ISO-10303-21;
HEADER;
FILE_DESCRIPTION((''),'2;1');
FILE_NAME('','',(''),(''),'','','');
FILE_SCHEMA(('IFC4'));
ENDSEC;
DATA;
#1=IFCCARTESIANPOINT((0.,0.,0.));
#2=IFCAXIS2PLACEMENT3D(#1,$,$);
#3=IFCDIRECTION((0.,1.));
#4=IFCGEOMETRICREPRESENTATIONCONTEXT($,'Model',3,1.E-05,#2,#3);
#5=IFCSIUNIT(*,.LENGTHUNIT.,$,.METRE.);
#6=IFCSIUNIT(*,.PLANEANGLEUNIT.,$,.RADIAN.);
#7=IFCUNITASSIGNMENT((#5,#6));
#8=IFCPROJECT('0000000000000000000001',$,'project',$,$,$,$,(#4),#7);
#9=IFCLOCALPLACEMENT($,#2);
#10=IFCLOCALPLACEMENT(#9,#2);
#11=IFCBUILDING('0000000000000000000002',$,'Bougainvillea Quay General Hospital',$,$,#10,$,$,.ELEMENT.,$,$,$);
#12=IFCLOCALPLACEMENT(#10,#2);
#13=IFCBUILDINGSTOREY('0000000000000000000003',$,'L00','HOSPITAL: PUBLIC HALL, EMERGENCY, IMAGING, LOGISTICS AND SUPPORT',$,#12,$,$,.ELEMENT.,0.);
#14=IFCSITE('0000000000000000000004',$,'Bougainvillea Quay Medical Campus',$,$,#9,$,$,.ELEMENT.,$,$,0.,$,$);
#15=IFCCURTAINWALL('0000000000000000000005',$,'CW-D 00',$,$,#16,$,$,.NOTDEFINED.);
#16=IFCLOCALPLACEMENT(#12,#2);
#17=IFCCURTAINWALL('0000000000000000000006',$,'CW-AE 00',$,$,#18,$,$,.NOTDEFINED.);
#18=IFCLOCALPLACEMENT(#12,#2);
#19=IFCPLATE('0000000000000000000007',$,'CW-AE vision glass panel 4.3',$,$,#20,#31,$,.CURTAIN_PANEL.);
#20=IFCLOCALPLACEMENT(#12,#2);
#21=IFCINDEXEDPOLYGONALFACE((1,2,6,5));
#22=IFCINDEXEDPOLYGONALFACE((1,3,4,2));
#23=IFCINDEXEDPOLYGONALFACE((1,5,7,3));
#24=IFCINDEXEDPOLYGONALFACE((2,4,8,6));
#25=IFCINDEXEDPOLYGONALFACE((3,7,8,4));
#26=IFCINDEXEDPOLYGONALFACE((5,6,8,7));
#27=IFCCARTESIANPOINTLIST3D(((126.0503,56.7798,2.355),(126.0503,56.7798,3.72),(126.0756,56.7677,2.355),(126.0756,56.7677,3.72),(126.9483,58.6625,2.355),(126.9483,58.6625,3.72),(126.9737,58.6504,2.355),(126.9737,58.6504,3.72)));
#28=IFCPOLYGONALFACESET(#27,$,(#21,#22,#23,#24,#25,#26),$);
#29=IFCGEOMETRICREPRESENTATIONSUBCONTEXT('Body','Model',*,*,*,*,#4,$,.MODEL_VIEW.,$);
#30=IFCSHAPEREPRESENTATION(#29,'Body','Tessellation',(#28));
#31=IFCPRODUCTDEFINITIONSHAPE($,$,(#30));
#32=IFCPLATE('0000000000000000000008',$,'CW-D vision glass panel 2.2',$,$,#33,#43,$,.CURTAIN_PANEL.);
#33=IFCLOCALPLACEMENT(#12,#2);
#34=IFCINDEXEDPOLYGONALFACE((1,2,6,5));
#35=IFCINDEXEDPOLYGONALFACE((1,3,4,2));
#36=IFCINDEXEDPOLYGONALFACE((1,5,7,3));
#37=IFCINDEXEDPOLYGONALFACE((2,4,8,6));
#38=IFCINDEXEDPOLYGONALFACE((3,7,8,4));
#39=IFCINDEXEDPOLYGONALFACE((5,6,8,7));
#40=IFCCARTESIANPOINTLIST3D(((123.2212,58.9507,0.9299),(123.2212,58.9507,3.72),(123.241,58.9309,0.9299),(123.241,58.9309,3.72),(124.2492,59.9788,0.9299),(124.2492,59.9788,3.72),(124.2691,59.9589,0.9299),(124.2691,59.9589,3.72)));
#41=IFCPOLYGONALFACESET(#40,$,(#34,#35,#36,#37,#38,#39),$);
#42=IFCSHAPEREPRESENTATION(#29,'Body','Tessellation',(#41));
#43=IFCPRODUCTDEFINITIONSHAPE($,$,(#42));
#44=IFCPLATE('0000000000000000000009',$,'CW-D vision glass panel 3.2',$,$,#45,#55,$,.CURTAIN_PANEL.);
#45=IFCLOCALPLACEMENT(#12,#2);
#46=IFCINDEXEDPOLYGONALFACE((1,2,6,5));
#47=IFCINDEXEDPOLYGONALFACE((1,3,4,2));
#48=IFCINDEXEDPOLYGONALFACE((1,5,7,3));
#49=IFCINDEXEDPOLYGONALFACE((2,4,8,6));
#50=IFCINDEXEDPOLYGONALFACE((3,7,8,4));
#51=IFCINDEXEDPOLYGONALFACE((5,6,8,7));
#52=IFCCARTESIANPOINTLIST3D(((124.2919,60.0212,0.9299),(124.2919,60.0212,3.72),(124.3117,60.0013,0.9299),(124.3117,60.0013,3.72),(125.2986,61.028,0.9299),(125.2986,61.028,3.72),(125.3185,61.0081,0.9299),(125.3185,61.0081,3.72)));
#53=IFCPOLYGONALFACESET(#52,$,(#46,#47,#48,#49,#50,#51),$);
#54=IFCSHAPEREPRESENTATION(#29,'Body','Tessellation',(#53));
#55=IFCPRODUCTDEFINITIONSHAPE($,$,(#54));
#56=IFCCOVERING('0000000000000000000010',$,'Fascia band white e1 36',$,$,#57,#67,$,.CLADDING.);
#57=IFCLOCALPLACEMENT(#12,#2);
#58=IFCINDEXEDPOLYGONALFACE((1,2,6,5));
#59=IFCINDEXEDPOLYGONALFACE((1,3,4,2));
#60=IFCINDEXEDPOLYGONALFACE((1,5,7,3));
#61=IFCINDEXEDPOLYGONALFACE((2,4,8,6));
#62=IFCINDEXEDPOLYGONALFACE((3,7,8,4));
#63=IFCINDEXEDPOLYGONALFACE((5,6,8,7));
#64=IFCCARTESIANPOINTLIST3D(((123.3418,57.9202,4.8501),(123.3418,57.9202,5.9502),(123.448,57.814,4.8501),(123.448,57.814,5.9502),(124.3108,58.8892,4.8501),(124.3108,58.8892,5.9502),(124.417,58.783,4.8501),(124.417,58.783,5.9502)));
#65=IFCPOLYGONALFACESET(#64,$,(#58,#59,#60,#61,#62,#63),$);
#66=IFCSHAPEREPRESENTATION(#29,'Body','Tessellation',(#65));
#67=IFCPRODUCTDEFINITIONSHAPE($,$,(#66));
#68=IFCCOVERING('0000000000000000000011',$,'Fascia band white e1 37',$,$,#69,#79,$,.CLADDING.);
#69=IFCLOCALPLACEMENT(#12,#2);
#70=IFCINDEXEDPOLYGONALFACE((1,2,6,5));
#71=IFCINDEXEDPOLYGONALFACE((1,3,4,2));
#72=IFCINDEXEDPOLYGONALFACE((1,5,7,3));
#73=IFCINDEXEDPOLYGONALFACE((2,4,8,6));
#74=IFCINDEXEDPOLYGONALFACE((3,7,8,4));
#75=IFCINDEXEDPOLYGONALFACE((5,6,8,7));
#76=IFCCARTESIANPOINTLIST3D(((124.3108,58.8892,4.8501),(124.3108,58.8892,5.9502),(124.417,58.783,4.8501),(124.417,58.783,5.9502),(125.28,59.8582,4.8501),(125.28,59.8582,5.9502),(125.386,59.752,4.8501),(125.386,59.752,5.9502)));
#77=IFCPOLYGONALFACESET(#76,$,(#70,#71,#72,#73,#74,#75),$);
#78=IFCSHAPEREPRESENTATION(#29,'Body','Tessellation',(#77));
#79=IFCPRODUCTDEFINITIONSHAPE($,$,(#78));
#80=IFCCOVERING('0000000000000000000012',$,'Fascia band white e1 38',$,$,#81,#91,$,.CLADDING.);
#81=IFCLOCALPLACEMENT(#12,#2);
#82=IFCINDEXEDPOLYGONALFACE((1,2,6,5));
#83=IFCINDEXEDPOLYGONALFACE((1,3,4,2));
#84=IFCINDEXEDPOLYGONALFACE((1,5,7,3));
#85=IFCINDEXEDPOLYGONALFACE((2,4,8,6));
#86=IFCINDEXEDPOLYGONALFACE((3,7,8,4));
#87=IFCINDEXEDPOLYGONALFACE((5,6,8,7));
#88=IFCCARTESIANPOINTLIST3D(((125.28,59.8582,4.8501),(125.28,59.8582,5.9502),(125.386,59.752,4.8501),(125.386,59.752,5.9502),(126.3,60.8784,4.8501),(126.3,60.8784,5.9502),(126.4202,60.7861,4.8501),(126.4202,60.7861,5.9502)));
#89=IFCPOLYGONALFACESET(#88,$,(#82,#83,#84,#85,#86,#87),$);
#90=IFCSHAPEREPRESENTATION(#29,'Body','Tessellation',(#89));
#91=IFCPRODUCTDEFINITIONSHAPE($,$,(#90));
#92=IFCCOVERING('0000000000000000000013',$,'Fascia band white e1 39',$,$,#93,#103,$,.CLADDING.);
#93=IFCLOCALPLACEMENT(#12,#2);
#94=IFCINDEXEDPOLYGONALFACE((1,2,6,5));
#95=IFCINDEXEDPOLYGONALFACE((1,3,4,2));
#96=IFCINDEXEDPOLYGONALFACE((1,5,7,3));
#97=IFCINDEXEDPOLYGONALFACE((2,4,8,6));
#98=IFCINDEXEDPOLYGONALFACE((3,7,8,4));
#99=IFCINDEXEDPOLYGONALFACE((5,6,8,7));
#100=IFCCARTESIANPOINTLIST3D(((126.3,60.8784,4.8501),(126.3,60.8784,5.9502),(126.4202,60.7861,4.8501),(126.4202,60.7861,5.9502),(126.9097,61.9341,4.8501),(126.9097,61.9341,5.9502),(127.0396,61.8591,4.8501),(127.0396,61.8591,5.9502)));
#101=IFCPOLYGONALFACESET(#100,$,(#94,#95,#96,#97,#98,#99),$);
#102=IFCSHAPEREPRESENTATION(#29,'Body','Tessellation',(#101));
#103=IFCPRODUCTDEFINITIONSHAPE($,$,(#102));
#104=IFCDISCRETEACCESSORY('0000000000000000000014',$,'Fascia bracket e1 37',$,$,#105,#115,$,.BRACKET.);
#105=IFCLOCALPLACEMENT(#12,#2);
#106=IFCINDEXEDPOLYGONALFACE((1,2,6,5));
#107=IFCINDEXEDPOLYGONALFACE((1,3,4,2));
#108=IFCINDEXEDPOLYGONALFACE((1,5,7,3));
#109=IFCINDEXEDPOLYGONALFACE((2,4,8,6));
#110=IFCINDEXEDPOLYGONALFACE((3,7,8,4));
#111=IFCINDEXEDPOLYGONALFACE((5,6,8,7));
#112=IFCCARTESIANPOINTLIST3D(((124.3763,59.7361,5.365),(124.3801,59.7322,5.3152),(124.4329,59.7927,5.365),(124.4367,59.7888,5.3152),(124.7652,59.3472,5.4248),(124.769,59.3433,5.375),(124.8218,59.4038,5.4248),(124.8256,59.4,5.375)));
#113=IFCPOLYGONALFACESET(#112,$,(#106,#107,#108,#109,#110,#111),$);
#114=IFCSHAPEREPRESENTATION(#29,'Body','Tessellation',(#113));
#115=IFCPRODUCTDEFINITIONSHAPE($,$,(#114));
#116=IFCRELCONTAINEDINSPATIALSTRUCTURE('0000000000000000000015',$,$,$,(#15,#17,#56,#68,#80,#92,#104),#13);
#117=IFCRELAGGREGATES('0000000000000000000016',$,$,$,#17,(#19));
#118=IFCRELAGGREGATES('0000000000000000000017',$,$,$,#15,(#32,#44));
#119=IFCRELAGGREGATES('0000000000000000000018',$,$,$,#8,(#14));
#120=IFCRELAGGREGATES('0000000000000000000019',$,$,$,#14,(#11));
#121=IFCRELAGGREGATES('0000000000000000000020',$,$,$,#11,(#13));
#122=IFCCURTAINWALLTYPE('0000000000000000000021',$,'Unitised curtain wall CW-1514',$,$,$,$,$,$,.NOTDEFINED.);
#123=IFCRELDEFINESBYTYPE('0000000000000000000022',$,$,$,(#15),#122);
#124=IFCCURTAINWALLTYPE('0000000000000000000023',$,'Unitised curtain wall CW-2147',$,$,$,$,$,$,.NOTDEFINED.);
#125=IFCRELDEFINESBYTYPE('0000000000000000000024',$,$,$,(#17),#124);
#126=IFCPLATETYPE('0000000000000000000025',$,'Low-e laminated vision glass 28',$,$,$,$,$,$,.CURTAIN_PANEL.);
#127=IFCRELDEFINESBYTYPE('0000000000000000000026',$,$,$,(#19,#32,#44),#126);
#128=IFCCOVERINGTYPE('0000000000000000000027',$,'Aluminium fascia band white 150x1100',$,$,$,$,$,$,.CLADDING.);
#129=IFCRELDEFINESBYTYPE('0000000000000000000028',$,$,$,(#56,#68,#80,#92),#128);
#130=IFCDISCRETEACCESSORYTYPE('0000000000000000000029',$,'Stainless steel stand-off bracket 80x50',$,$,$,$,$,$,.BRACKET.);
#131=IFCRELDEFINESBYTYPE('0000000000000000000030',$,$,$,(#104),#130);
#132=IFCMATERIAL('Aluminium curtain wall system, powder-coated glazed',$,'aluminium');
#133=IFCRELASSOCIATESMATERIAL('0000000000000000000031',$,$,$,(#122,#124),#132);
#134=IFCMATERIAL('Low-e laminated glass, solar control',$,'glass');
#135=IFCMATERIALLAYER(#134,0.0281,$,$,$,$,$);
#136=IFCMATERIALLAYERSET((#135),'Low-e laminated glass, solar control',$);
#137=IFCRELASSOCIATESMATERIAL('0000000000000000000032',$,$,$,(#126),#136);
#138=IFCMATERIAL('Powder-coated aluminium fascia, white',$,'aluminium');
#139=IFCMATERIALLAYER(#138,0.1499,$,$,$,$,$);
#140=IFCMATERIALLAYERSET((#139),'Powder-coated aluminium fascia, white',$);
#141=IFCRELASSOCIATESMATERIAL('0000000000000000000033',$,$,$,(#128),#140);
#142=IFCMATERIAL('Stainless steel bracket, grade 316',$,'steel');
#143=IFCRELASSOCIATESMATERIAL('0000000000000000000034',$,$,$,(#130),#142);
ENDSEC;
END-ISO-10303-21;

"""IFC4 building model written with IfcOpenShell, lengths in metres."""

from ifc_helpers import new_model, si_unit, direction, frame, origin, origin_2d, place, context, subcontext, project, spatial, polyline, rectangle, outline, extrude, material, layer, layer_set, material_profile, profile_set, type_object, element, aggregate, save


model = new_model("IFC4")

# Units and contexts
model_context = context("Model", 3, precision=1e-05, world=origin(), true_north=direction((0.0, 1.0)))
body_context = subcontext(model_context, "Body", "Model", "MODEL_VIEW")
ifc_project = project(units=[si_unit("LENGTHUNIT", "METRE"), si_unit("PLANEANGLEUNIT", "RADIAN")], contexts=[model_context])

# Site, building, storey
site_placement = place(None, origin())
site = spatial("IfcSite", under=ifc_project, at=site_placement, Name="Bougainvillea Quay Medical Campus", CompositionType="ELEMENT", RefElevation=0.0)
building_placement = place(site_placement, origin())
building = spatial("IfcBuilding", under=site, at=building_placement, Name="Bougainvillea Quay General Hospital", CompositionType="ELEMENT")
storey_placement = place(building_placement, origin())
storey = spatial("IfcBuildingStorey", under=building, at=storey_placement, Name="L00", Description="HOSPITAL: PUBLIC HALL, EMERGENCY, IMAGING, LOGISTICS AND SUPPORT", CompositionType="ELEMENT", Elevation=0.0)

# Curtain wall
ifc_material_1 = material(Name="Aluminium curtain wall system, powder-coated glazed", Category="aluminium")
curtain_wall_type_1 = type_object("IfcCurtainWallType", Name="Unitised curtain wall CW-1514", PredefinedType="NOTDEFINED", material=ifc_material_1)
curtain_wall_1_placement = place(storey_placement, origin())
curtain_wall_1 = element("IfcCurtainWall", 1, at=curtain_wall_1_placement, inside=storey, type_object=curtain_wall_type_1, Name="CW-D 00", PredefinedType="NOTDEFINED")

# Curtain wall
curtain_wall_type_2 = type_object("IfcCurtainWallType", Name="Unitised curtain wall CW-2147", PredefinedType="NOTDEFINED", material=ifc_material_1)
curtain_wall_2_placement = place(storey_placement, origin())
curtain_wall_2 = element("IfcCurtainWall", 2, at=curtain_wall_2_placement, inside=storey, type_object=curtain_wall_type_2, Name="CW-AE 00", PredefinedType="NOTDEFINED")

# Plates
ifc_material_2 = material(Name="Low-e laminated glass, solar control", Category="glass")
ifc_layer_1 = layer(ifc_material_2, 0.0281)
ifc_layer_set_1 = layer_set([ifc_layer_1], Name="Low-e laminated glass, solar control")
plate_type_1 = type_object("IfcPlateType", Name="Low-e laminated vision glass 28", PredefinedType="CURTAIN_PANEL", material=ifc_layer_set_1)
plate_1_placement = place(storey_placement, frame((126.512, 57.7151, 2.355), z_axis=(0.0, 0.0, 1.0), x_axis=(-0.43053, -0.902576, 0.0)))
plate_1 = element("IfcPlate", 3, at=plate_1_placement, type_object=plate_type_1, Name="CW-AE vision glass panel 4.3", PredefinedType="CURTAIN_PANEL", context=body_context, shape_type="SweptSolid", body=[
    extrude(rectangle(XDim=2.0859, YDim=0.0281, at=origin_2d()), origin(), (0.0, 0.0, 1.0), 1.365),
])
aggregate(curtain_wall_2, [plate_1])
plate_2_placement = place(storey_placement, frame((123.7451, 59.4548, 0.9299), z_axis=(0.0, 0.0, 1.0), x_axis=(0.707107, 0.707107, 0.0)))
plate_2 = element("IfcPlate", 4, at=plate_2_placement, type_object=plate_type_1, Name="CW-D vision glass panel 2.2", PredefinedType="CURTAIN_PANEL", context=body_context, shape_type="SweptSolid", body=[
    extrude(rectangle(XDim=1.4539, YDim=0.0281, at=origin_2d()), origin(), (0.0, 0.0, 1.0), 2.79),
])
plate_3_placement = place(storey_placement, frame((124.8052, 60.5146, 0.9299), z_axis=(0.0, 0.0, 1.0), x_axis=(0.707107, 0.707107, 0.0)))
plate_3 = element("IfcPlate", 5, at=plate_3_placement, type_object=plate_type_1, Name="CW-D vision glass panel 3.2", PredefinedType="CURTAIN_PANEL", context=body_context, shape_type="SweptSolid", body=[
    extrude(rectangle(XDim=1.4238, YDim=0.0281, at=origin_2d()), origin(), (0.0, 0.0, 1.0), 2.79),
])
aggregate(curtain_wall_1, [plate_2, plate_3])

# Coverings
ifc_material_3 = material(Name="Powder-coated aluminium fascia, white", Category="aluminium")
ifc_layer_2 = layer(ifc_material_3, 0.1499)
ifc_layer_set_2 = layer_set([ifc_layer_2], Name="Powder-coated aluminium fascia, white")
covering_type = type_object("IfcCoveringType", Name="Aluminium fascia band white 150x1100", PredefinedType="CLADDING", material=ifc_layer_set_2)
covering_1_placement = place(storey_placement, frame((123.3418, 57.9202, 4.8501), z_axis=(0.0, 0.0, 1.0), x_axis=(0.707107, 0.707107, 0.0)))
element("IfcCovering", 6, at=covering_1_placement, inside=storey, type_object=covering_type, Name="Fascia band white e1 36", PredefinedType="CLADDING", context=body_context, shape_type="SweptSolid", body=[
    extrude(outline(polyline([(0.0, 0.0), (1.3704, 0.0), (1.3704, -0.1502), (0.0, -0.1502), (0.0, 0.0)])), origin(), (0.0, 0.0, 1.0), 1.1001),
])
covering_2_placement = place(storey_placement, frame((124.3108, 58.8892, 4.8501), z_axis=(0.0, 0.0, 1.0), x_axis=(0.707196, 0.707018, 0.0)))
element("IfcCovering", 7, at=covering_2_placement, inside=storey, type_object=covering_type, Name="Fascia band white e1 37", PredefinedType="CLADDING", context=body_context, shape_type="SweptSolid", body=[
    extrude(outline(polyline([(0.0, 0.0), (1.3705, 0.0), (1.3704, -0.15), (0.0, -0.1502), (0.0, 0.0)])), origin(), (0.0, 0.0, 1.0), 1.1001),
])
covering_3_placement = place(storey_placement, frame((125.28, 59.8582, 4.8501), z_axis=(0.0, 0.0, 1.0), x_axis=(0.707022, 0.707191, 0.0)))
element("IfcCovering", 8, at=covering_3_placement, inside=storey, type_object=covering_type, Name="Fascia band white e1 38", PredefinedType="CLADDING", context=body_context, shape_type="SweptSolid", body=[
    extrude(outline(polyline([(0.0, 0.0), (1.4427, 0.0), (1.4624, -0.1502), (-0.0002, -0.15), (0.0, 0.0)])), origin(), (0.0, 0.0, 1.0), 1.1001),
])
covering_4_placement = place(storey_placement, frame((126.3, 60.8784, 4.8501), z_axis=(0.0, 0.0, 1.0), x_axis=(0.500081, 0.865979, 0.0)))
element("IfcCovering", 9, at=covering_4_placement, inside=storey, type_object=covering_type, Name="Fascia band white e1 39", PredefinedType="CLADDING", context=body_context, shape_type="SweptSolid", body=[
    extrude(outline(polyline([(0.0, 0.0), (1.219, 0.0), (1.2191, -0.15), (-0.0198, -0.1502), (0.0, 0.0)])), origin(), (0.0, 0.0, 1.0), 1.1001),
])

# Discrete accessory
ifc_material_4 = material(Name="Stainless steel bracket, grade 316", Category="steel")
ifc_material_profile_1 = material_profile(ifc_material_4, rectangle(XDim=0.0801, YDim=0.05, at=origin_2d()))
ifc_profile_set_1 = profile_set([ifc_material_profile_1], Name="Stainless steel bracket, grade 316")
discrete_accessory_type = type_object("IfcDiscreteAccessoryType", Name="Stainless steel stand-off bracket 80x50", PredefinedType="BRACKET", material=ifc_profile_set_1)
discrete_accessory_placement = place(storey_placement, frame((124.4065, 59.7625, 5.3401), z_axis=(0.702962, -0.702962, 0.108114), x_axis=(0.707107, 0.707107, 0.0)))
element("IfcDiscreteAccessory", 10, at=discrete_accessory_placement, inside=storey, type_object=discrete_accessory_type, Name="Fascia bracket e1 37", PredefinedType="BRACKET", context=body_context, shape_type="SweptSolid", body=[
    extrude(rectangle(XDim=0.0801, YDim=0.05, at=origin_2d()), origin(), (0.0, 0.0, 1.0), 0.5532),
])

save(model, "model.ifc")
